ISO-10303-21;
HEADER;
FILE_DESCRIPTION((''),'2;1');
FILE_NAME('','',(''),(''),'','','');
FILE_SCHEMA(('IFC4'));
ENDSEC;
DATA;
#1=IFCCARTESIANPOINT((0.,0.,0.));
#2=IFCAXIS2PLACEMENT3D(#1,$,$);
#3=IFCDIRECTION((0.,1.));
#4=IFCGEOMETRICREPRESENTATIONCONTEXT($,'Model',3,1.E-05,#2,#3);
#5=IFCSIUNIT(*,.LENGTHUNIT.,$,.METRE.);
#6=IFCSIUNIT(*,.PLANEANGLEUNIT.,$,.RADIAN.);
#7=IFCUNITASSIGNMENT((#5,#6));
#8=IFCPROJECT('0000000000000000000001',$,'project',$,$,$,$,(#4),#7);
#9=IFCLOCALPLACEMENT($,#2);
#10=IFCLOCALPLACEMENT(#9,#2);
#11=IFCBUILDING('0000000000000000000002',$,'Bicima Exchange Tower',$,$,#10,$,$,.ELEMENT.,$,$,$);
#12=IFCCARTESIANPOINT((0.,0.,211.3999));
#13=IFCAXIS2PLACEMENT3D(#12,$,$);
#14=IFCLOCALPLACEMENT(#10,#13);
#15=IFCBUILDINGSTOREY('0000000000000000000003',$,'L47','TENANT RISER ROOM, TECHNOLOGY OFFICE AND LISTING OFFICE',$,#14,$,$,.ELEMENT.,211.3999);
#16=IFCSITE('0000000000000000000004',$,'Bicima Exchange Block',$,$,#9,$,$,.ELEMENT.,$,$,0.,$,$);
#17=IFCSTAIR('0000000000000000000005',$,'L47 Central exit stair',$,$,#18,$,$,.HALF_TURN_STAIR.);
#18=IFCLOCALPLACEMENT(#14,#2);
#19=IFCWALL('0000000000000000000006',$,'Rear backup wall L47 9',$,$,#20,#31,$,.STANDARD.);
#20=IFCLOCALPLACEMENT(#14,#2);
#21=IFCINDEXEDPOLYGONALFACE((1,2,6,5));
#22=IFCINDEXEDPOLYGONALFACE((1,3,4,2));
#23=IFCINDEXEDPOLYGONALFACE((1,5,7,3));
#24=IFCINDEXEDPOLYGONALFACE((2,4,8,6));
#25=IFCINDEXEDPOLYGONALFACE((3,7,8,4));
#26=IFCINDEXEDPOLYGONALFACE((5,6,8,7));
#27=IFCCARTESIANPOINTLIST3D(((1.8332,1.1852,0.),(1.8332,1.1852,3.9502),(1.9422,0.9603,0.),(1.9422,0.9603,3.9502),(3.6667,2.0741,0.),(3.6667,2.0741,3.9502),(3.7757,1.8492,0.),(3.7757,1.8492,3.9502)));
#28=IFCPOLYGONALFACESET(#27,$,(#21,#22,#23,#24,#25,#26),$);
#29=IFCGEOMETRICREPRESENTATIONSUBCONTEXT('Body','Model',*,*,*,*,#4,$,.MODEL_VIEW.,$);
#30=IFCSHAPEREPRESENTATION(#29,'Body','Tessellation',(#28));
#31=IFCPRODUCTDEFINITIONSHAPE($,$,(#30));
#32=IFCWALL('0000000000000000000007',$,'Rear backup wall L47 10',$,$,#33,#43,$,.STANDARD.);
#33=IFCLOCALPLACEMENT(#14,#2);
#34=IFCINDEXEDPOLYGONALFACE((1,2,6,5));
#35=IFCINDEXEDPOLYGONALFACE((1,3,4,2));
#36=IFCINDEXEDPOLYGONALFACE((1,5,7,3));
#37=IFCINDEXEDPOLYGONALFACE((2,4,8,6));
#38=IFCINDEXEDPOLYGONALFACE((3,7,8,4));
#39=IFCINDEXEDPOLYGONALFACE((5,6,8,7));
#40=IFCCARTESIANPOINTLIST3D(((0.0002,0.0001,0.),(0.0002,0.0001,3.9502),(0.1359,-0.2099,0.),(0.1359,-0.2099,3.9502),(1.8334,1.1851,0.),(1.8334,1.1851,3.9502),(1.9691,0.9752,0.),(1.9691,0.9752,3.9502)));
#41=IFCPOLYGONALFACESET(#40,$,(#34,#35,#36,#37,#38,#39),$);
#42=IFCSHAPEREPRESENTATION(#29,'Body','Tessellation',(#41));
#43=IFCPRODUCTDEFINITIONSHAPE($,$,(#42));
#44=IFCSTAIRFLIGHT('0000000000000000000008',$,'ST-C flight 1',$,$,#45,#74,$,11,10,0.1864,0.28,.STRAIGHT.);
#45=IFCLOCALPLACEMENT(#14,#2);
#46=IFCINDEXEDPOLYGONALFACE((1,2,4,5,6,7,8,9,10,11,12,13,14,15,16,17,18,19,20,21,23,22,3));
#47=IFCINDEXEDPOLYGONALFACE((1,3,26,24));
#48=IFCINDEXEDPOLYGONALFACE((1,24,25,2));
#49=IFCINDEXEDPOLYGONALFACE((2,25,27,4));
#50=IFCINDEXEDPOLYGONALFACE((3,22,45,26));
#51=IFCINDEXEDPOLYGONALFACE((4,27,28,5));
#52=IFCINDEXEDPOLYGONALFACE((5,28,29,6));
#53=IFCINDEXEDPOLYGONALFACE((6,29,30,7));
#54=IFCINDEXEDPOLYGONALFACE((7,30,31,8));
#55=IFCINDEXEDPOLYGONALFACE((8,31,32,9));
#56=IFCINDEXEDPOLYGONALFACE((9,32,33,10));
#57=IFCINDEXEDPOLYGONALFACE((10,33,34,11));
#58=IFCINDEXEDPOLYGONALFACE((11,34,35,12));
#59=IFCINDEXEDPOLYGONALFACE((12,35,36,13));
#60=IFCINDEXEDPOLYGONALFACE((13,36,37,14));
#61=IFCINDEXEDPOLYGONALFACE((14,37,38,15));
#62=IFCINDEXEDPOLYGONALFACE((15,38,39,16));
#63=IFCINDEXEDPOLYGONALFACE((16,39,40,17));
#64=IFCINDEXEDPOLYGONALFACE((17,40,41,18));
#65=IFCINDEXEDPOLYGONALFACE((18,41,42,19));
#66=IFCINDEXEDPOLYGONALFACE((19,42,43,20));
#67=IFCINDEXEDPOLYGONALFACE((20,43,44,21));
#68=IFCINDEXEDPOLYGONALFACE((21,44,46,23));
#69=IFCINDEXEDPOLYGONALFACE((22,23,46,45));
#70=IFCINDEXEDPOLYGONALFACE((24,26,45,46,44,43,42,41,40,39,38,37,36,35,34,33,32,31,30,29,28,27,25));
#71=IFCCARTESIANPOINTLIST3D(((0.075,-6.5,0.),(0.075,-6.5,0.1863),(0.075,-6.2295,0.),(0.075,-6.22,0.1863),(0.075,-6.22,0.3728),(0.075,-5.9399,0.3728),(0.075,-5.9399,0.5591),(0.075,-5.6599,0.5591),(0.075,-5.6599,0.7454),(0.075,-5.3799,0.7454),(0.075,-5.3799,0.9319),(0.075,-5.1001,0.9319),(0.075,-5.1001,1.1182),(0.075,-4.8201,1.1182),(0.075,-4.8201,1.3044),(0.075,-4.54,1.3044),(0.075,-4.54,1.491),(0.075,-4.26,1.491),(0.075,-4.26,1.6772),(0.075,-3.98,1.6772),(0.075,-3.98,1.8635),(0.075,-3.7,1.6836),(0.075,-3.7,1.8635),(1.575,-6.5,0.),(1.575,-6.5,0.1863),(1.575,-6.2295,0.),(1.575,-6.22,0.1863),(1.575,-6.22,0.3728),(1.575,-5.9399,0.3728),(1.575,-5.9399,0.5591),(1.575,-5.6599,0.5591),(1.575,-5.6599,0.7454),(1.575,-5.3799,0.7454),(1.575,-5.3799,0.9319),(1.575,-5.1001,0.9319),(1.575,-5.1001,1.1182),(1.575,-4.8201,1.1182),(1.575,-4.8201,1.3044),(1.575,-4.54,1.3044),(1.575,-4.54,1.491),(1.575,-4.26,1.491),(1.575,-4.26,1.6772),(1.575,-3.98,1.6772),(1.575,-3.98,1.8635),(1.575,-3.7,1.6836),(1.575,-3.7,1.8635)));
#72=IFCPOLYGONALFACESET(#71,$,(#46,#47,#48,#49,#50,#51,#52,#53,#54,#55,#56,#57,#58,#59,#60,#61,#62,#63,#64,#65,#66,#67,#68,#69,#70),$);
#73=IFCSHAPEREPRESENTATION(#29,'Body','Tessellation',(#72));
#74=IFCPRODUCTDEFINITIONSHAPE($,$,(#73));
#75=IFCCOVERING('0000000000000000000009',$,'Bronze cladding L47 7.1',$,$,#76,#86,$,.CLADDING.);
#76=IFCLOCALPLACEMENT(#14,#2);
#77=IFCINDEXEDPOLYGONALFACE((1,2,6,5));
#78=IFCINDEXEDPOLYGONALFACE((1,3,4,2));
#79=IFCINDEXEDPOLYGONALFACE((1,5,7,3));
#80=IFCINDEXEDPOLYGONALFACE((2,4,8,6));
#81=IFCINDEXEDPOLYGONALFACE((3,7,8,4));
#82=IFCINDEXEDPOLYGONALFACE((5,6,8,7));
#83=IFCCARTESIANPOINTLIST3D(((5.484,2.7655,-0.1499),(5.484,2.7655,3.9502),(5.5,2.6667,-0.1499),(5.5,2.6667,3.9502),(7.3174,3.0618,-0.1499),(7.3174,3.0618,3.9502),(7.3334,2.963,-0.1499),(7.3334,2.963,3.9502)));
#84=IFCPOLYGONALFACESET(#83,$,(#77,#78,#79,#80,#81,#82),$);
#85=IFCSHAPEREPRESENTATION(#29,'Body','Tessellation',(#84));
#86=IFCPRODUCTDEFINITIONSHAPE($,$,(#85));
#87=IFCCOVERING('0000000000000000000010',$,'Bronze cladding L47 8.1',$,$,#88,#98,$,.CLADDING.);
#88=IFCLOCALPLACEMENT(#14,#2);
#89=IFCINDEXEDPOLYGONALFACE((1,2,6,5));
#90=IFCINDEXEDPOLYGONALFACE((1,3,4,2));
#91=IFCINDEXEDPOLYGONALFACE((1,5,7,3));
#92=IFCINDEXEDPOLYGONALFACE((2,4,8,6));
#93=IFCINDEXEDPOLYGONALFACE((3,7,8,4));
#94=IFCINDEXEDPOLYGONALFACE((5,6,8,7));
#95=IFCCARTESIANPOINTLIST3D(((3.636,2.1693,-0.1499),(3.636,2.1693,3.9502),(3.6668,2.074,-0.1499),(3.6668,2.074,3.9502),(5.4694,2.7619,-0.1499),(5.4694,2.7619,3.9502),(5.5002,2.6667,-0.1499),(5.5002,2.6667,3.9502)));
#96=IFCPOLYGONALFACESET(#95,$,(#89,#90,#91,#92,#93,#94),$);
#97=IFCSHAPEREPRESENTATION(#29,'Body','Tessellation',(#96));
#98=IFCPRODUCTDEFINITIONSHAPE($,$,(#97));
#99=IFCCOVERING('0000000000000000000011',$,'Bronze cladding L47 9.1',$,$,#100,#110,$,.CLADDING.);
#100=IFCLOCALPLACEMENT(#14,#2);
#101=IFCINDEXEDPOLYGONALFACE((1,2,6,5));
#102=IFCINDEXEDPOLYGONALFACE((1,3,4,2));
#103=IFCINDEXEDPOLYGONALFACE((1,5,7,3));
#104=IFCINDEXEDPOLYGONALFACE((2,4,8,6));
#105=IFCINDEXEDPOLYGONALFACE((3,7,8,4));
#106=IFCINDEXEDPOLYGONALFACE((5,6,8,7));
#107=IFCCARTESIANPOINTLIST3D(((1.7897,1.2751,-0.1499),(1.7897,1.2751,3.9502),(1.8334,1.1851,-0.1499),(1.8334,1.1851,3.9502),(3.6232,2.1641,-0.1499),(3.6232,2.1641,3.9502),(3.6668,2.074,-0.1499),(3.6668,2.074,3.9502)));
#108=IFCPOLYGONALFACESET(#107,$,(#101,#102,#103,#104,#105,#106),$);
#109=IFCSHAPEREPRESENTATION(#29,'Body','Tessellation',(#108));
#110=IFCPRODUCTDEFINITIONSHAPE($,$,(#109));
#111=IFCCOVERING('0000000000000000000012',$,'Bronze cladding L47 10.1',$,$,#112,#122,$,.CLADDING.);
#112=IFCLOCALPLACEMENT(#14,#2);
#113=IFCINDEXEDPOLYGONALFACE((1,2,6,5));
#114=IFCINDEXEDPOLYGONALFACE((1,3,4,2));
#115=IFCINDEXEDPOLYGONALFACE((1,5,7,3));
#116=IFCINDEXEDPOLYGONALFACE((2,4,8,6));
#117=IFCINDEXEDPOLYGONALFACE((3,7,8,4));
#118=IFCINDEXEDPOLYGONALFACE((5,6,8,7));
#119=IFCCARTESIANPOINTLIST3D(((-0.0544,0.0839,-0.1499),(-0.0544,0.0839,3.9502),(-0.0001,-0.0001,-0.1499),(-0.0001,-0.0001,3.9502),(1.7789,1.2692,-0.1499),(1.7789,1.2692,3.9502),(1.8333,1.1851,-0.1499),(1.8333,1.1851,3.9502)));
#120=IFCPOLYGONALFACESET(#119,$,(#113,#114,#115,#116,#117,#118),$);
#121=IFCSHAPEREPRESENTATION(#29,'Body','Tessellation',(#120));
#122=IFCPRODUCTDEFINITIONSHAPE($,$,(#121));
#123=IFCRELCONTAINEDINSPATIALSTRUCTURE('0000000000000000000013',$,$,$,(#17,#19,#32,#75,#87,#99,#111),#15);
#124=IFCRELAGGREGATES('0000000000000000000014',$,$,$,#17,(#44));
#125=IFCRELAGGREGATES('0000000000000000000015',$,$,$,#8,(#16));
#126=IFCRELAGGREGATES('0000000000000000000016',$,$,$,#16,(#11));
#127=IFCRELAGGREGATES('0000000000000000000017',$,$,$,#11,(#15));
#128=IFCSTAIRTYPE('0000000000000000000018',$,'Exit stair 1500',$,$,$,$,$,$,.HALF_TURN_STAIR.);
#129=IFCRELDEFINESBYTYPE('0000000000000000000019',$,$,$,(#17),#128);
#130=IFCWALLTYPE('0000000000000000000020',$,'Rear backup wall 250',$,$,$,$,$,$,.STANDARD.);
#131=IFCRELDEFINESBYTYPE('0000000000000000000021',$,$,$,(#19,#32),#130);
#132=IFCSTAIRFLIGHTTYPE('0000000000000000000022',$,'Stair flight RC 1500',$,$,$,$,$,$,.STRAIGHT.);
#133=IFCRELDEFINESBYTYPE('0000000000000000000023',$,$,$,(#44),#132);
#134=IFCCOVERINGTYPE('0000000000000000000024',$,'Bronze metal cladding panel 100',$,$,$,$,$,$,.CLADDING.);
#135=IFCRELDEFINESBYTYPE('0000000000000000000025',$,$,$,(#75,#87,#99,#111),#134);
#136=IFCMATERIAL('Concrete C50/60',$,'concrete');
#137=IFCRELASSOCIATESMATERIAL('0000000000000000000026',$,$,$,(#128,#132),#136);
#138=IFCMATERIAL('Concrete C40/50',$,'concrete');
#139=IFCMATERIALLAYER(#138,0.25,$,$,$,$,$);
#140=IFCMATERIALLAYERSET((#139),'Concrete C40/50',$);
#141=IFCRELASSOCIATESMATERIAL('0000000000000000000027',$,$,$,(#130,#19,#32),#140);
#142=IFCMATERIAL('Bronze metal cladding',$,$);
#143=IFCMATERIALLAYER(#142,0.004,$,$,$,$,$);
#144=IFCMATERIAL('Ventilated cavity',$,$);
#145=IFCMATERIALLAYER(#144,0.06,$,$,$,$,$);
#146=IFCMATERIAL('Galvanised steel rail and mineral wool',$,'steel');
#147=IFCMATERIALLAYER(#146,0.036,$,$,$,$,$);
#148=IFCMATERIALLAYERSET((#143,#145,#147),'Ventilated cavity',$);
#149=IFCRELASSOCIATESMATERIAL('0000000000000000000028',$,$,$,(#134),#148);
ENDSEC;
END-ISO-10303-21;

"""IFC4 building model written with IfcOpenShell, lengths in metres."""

from ifc_helpers import new_model, si_unit, direction, frame, frame_2d, origin, origin_2d, place, context, subcontext, project, spatial, polyline, rectangle, outline, extrude, material, layer, layer_set, layer_usage, type_object, element, aggregate, save


model = new_model("IFC4")

# Units and contexts
model_context = context("Model", 3, precision=1e-05, world=origin(), true_north=direction((0.0, 1.0)))
body_context = subcontext(model_context, "Body", "Model", "MODEL_VIEW")
ifc_project = project(units=[si_unit("LENGTHUNIT", "METRE"), si_unit("PLANEANGLEUNIT", "RADIAN")], contexts=[model_context])

# Site, building, storey
site_placement = place(None, origin())
site = spatial("IfcSite", under=ifc_project, at=site_placement, Name="Bicima Exchange Block", CompositionType="ELEMENT", RefElevation=0.0)
building_placement = place(site_placement, origin())
building = spatial("IfcBuilding", under=site, at=building_placement, Name="Bicima Exchange Tower", CompositionType="ELEMENT")
storey_placement = place(building_placement, frame((0.0, 0.0, 211.3999)))
storey = spatial("IfcBuildingStorey", under=building, at=storey_placement, Name="L47", Description="TENANT RISER ROOM, TECHNOLOGY OFFICE AND LISTING OFFICE", CompositionType="ELEMENT", Elevation=211.3999)

# Shared definitions
ifc_material_1 = material(Name="Concrete C40/50", Category="concrete")

# Stair
ifc_material_2 = material(Name="Concrete C50/60", Category="concrete")
stair_type_1 = type_object("IfcStairType", Name="Exit stair 1500", PredefinedType="HALF_TURN_STAIR", material=ifc_material_2)
stair_1_placement = place(storey_placement, origin())
stair_1 = element("IfcStair", 1, at=stair_1_placement, inside=storey, type_object=stair_type_1, Name="L47 Central exit stair", PredefinedType="HALF_TURN_STAIR")

# Walls
ifc_layer_1 = layer(ifc_material_1, 0.25)
ifc_layer_set_1 = layer_set([ifc_layer_1], Name="Concrete C40/50")
ifc_layer_usage = layer_usage(ifc_layer_set_1, "AXIS2", "POSITIVE", -0.125)
wall_type_1 = type_object("IfcWallType", Name="Rear backup wall 250", PredefinedType="STANDARD", material=ifc_layer_set_1)
wall_1_placement = place(storey_placement, frame((3.7212, 1.9617, 0.0), z_axis=(0.0, 0.0, 1.0), x_axis=(-0.899824, -0.436253, 0.0)))
element("IfcWall", 2, at=wall_1_placement, inside=storey, type_object=wall_type_1, material=ifc_layer_usage, Name="Rear backup wall L47 9", PredefinedType="STANDARD", context=body_context, shape_type="SweptSolid", body=[
    extrude(rectangle(XDim=2.0376, YDim=0.25, at=frame_2d((1.0188, 0.0))), origin(), (0.0, 0.0, 1.0), 3.9502),
])
wall_2_placement = place(storey_placement, frame((1.9011, 1.0801, 0.0), z_axis=(0.0, 0.0, 1.0), x_axis=(-0.839813, -0.542876, 0.0)))
element("IfcWall", 3, at=wall_2_placement, inside=storey, type_object=wall_type_1, material=ifc_layer_usage, Name="Rear backup wall L47 10", PredefinedType="STANDARD", context=body_context, shape_type="SweptSolid", body=[
    extrude(rectangle(XDim=2.1829, YDim=0.25, at=frame_2d((1.0913, 0.0))), origin(), (0.0, 0.0, 1.0), 3.9502),
])

# Stair flight
stair_flight_type = type_object("IfcStairFlightType", Name="Stair flight RC 1500", PredefinedType="STRAIGHT", material=ifc_material_2)
stair_flight_placement = place(storey_placement, frame((0.825, -6.5, 0.0), z_axis=(0.0, 0.0, 1.0), x_axis=(0.0, 1.0, 0.0)))
stair_flight = element("IfcStairFlight", 4, at=stair_flight_placement, type_object=stair_flight_type, Name="ST-C flight 1", NumberOfRisers=11, NumberOfTreads=10, PredefinedType="STRAIGHT", RiserHeight=0.1864, TreadLength=0.28, context=body_context, shape_type="SweptSolid", body=[
    extrude(outline(polyline([(0.0, 0.0), (0.0, 0.1863), (0.28, 0.1863), (0.28, 0.3728), (0.5601, 0.3728), (0.5601, 0.5591), (0.8401, 0.5591), (0.8401, 0.7454), (1.1201, 0.7454), (1.1201, 0.9319), (1.3999, 0.9319), (1.3999, 1.1182), (1.6799, 1.1182), (1.6799, 1.3044), (1.96, 1.3044), (1.96, 1.491), (2.24, 1.491), (2.24, 1.6772), (2.52, 1.6772), (2.52, 1.8635), (2.8, 1.8635), (2.8, 2.05), (2.8, 1.6836), (0.2705, 0.0), (0.0, 0.0)])), frame((0.0, 0.75, 0.0), z_axis=(0.0, -1.0, 0.0), x_axis=(1.0, 0.0, 0.0)), (0.0, 0.0, 1.0), 1.5),
])
aggregate(stair_1, [stair_flight])

# Coverings
ifc_material_3 = material(Name="Bronze metal cladding")
ifc_layer_2 = layer(ifc_material_3, 0.004)
ifc_material_4 = material(Name="Ventilated cavity")
ifc_layer_3 = layer(ifc_material_4, 0.06)
ifc_material_5 = material(Name="Galvanised steel rail and mineral wool", Category="steel")
ifc_layer_4 = layer(ifc_material_5, 0.036)
ifc_layer_set_2 = layer_set([ifc_layer_2, ifc_layer_3, ifc_layer_4], Name="Ventilated cavity")
covering_type = type_object("IfcCoveringType", Name="Bronze metal cladding panel 100", PredefinedType="CLADDING", material=ifc_layer_set_2)
covering_1_placement = place(storey_placement, frame((6.4087, 2.8643, -0.1499), z_axis=(0.0, 0.0, 1.0), x_axis=(-0.98719, -0.15955, 0.0)))
element("IfcCovering", 5, at=covering_1_placement, inside=storey, type_object=covering_type, Name="Bronze cladding L47 7.1", PredefinedType="CLADDING", context=body_context, shape_type="SweptSolid", body=[
    extrude(rectangle(XDim=1.8572, YDim=0.1001, at=origin_2d()), origin(), (0.0, 0.0, 1.0), 4.1001),
])
covering_2_placement = place(storey_placement, frame((4.5681, 2.418, -0.1499), z_axis=(0.0, 0.0, 1.0), x_axis=(-0.951525, -0.307573, 0.0)))
element("IfcCovering", 6, at=covering_2_placement, inside=storey, type_object=covering_type, Name="Bronze cladding L47 8.1", PredefinedType="CLADDING", context=body_context, shape_type="SweptSolid", body=[
    extrude(rectangle(XDim=1.9268, YDim=0.1001, at=origin_2d()), origin(), (0.0, 0.0, 1.0), 4.1001),
])
covering_3_placement = place(storey_placement, frame((2.7283, 1.6746, -0.1499), z_axis=(0.0, 0.0, 1.0), x_axis=(-0.899818, -0.436265, 0.0)))
element("IfcCovering", 7, at=covering_3_placement, inside=storey, type_object=covering_type, Name="Bronze cladding L47 9.1", PredefinedType="CLADDING", context=body_context, shape_type="SweptSolid", body=[
    extrude(rectangle(XDim=2.0376, YDim=0.1001, at=origin_2d()), origin(), (0.0, 0.0, 1.0), 4.1001),
])
covering_4_placement = place(storey_placement, frame((0.8894, 0.6345, -0.1499), z_axis=(0.0, 0.0, 1.0), x_axis=(-0.83979, -0.542911, 0.0)))
element("IfcCovering", 8, at=covering_4_placement, inside=storey, type_object=covering_type, Name="Bronze cladding L47 10.1", PredefinedType="CLADDING", context=body_context, shape_type="SweptSolid", body=[
    extrude(rectangle(XDim=2.1831, YDim=0.1001, at=origin_2d()), origin(), (0.0, 0.0, 1.0), 4.1001),
])

save(model, "model.ifc")
